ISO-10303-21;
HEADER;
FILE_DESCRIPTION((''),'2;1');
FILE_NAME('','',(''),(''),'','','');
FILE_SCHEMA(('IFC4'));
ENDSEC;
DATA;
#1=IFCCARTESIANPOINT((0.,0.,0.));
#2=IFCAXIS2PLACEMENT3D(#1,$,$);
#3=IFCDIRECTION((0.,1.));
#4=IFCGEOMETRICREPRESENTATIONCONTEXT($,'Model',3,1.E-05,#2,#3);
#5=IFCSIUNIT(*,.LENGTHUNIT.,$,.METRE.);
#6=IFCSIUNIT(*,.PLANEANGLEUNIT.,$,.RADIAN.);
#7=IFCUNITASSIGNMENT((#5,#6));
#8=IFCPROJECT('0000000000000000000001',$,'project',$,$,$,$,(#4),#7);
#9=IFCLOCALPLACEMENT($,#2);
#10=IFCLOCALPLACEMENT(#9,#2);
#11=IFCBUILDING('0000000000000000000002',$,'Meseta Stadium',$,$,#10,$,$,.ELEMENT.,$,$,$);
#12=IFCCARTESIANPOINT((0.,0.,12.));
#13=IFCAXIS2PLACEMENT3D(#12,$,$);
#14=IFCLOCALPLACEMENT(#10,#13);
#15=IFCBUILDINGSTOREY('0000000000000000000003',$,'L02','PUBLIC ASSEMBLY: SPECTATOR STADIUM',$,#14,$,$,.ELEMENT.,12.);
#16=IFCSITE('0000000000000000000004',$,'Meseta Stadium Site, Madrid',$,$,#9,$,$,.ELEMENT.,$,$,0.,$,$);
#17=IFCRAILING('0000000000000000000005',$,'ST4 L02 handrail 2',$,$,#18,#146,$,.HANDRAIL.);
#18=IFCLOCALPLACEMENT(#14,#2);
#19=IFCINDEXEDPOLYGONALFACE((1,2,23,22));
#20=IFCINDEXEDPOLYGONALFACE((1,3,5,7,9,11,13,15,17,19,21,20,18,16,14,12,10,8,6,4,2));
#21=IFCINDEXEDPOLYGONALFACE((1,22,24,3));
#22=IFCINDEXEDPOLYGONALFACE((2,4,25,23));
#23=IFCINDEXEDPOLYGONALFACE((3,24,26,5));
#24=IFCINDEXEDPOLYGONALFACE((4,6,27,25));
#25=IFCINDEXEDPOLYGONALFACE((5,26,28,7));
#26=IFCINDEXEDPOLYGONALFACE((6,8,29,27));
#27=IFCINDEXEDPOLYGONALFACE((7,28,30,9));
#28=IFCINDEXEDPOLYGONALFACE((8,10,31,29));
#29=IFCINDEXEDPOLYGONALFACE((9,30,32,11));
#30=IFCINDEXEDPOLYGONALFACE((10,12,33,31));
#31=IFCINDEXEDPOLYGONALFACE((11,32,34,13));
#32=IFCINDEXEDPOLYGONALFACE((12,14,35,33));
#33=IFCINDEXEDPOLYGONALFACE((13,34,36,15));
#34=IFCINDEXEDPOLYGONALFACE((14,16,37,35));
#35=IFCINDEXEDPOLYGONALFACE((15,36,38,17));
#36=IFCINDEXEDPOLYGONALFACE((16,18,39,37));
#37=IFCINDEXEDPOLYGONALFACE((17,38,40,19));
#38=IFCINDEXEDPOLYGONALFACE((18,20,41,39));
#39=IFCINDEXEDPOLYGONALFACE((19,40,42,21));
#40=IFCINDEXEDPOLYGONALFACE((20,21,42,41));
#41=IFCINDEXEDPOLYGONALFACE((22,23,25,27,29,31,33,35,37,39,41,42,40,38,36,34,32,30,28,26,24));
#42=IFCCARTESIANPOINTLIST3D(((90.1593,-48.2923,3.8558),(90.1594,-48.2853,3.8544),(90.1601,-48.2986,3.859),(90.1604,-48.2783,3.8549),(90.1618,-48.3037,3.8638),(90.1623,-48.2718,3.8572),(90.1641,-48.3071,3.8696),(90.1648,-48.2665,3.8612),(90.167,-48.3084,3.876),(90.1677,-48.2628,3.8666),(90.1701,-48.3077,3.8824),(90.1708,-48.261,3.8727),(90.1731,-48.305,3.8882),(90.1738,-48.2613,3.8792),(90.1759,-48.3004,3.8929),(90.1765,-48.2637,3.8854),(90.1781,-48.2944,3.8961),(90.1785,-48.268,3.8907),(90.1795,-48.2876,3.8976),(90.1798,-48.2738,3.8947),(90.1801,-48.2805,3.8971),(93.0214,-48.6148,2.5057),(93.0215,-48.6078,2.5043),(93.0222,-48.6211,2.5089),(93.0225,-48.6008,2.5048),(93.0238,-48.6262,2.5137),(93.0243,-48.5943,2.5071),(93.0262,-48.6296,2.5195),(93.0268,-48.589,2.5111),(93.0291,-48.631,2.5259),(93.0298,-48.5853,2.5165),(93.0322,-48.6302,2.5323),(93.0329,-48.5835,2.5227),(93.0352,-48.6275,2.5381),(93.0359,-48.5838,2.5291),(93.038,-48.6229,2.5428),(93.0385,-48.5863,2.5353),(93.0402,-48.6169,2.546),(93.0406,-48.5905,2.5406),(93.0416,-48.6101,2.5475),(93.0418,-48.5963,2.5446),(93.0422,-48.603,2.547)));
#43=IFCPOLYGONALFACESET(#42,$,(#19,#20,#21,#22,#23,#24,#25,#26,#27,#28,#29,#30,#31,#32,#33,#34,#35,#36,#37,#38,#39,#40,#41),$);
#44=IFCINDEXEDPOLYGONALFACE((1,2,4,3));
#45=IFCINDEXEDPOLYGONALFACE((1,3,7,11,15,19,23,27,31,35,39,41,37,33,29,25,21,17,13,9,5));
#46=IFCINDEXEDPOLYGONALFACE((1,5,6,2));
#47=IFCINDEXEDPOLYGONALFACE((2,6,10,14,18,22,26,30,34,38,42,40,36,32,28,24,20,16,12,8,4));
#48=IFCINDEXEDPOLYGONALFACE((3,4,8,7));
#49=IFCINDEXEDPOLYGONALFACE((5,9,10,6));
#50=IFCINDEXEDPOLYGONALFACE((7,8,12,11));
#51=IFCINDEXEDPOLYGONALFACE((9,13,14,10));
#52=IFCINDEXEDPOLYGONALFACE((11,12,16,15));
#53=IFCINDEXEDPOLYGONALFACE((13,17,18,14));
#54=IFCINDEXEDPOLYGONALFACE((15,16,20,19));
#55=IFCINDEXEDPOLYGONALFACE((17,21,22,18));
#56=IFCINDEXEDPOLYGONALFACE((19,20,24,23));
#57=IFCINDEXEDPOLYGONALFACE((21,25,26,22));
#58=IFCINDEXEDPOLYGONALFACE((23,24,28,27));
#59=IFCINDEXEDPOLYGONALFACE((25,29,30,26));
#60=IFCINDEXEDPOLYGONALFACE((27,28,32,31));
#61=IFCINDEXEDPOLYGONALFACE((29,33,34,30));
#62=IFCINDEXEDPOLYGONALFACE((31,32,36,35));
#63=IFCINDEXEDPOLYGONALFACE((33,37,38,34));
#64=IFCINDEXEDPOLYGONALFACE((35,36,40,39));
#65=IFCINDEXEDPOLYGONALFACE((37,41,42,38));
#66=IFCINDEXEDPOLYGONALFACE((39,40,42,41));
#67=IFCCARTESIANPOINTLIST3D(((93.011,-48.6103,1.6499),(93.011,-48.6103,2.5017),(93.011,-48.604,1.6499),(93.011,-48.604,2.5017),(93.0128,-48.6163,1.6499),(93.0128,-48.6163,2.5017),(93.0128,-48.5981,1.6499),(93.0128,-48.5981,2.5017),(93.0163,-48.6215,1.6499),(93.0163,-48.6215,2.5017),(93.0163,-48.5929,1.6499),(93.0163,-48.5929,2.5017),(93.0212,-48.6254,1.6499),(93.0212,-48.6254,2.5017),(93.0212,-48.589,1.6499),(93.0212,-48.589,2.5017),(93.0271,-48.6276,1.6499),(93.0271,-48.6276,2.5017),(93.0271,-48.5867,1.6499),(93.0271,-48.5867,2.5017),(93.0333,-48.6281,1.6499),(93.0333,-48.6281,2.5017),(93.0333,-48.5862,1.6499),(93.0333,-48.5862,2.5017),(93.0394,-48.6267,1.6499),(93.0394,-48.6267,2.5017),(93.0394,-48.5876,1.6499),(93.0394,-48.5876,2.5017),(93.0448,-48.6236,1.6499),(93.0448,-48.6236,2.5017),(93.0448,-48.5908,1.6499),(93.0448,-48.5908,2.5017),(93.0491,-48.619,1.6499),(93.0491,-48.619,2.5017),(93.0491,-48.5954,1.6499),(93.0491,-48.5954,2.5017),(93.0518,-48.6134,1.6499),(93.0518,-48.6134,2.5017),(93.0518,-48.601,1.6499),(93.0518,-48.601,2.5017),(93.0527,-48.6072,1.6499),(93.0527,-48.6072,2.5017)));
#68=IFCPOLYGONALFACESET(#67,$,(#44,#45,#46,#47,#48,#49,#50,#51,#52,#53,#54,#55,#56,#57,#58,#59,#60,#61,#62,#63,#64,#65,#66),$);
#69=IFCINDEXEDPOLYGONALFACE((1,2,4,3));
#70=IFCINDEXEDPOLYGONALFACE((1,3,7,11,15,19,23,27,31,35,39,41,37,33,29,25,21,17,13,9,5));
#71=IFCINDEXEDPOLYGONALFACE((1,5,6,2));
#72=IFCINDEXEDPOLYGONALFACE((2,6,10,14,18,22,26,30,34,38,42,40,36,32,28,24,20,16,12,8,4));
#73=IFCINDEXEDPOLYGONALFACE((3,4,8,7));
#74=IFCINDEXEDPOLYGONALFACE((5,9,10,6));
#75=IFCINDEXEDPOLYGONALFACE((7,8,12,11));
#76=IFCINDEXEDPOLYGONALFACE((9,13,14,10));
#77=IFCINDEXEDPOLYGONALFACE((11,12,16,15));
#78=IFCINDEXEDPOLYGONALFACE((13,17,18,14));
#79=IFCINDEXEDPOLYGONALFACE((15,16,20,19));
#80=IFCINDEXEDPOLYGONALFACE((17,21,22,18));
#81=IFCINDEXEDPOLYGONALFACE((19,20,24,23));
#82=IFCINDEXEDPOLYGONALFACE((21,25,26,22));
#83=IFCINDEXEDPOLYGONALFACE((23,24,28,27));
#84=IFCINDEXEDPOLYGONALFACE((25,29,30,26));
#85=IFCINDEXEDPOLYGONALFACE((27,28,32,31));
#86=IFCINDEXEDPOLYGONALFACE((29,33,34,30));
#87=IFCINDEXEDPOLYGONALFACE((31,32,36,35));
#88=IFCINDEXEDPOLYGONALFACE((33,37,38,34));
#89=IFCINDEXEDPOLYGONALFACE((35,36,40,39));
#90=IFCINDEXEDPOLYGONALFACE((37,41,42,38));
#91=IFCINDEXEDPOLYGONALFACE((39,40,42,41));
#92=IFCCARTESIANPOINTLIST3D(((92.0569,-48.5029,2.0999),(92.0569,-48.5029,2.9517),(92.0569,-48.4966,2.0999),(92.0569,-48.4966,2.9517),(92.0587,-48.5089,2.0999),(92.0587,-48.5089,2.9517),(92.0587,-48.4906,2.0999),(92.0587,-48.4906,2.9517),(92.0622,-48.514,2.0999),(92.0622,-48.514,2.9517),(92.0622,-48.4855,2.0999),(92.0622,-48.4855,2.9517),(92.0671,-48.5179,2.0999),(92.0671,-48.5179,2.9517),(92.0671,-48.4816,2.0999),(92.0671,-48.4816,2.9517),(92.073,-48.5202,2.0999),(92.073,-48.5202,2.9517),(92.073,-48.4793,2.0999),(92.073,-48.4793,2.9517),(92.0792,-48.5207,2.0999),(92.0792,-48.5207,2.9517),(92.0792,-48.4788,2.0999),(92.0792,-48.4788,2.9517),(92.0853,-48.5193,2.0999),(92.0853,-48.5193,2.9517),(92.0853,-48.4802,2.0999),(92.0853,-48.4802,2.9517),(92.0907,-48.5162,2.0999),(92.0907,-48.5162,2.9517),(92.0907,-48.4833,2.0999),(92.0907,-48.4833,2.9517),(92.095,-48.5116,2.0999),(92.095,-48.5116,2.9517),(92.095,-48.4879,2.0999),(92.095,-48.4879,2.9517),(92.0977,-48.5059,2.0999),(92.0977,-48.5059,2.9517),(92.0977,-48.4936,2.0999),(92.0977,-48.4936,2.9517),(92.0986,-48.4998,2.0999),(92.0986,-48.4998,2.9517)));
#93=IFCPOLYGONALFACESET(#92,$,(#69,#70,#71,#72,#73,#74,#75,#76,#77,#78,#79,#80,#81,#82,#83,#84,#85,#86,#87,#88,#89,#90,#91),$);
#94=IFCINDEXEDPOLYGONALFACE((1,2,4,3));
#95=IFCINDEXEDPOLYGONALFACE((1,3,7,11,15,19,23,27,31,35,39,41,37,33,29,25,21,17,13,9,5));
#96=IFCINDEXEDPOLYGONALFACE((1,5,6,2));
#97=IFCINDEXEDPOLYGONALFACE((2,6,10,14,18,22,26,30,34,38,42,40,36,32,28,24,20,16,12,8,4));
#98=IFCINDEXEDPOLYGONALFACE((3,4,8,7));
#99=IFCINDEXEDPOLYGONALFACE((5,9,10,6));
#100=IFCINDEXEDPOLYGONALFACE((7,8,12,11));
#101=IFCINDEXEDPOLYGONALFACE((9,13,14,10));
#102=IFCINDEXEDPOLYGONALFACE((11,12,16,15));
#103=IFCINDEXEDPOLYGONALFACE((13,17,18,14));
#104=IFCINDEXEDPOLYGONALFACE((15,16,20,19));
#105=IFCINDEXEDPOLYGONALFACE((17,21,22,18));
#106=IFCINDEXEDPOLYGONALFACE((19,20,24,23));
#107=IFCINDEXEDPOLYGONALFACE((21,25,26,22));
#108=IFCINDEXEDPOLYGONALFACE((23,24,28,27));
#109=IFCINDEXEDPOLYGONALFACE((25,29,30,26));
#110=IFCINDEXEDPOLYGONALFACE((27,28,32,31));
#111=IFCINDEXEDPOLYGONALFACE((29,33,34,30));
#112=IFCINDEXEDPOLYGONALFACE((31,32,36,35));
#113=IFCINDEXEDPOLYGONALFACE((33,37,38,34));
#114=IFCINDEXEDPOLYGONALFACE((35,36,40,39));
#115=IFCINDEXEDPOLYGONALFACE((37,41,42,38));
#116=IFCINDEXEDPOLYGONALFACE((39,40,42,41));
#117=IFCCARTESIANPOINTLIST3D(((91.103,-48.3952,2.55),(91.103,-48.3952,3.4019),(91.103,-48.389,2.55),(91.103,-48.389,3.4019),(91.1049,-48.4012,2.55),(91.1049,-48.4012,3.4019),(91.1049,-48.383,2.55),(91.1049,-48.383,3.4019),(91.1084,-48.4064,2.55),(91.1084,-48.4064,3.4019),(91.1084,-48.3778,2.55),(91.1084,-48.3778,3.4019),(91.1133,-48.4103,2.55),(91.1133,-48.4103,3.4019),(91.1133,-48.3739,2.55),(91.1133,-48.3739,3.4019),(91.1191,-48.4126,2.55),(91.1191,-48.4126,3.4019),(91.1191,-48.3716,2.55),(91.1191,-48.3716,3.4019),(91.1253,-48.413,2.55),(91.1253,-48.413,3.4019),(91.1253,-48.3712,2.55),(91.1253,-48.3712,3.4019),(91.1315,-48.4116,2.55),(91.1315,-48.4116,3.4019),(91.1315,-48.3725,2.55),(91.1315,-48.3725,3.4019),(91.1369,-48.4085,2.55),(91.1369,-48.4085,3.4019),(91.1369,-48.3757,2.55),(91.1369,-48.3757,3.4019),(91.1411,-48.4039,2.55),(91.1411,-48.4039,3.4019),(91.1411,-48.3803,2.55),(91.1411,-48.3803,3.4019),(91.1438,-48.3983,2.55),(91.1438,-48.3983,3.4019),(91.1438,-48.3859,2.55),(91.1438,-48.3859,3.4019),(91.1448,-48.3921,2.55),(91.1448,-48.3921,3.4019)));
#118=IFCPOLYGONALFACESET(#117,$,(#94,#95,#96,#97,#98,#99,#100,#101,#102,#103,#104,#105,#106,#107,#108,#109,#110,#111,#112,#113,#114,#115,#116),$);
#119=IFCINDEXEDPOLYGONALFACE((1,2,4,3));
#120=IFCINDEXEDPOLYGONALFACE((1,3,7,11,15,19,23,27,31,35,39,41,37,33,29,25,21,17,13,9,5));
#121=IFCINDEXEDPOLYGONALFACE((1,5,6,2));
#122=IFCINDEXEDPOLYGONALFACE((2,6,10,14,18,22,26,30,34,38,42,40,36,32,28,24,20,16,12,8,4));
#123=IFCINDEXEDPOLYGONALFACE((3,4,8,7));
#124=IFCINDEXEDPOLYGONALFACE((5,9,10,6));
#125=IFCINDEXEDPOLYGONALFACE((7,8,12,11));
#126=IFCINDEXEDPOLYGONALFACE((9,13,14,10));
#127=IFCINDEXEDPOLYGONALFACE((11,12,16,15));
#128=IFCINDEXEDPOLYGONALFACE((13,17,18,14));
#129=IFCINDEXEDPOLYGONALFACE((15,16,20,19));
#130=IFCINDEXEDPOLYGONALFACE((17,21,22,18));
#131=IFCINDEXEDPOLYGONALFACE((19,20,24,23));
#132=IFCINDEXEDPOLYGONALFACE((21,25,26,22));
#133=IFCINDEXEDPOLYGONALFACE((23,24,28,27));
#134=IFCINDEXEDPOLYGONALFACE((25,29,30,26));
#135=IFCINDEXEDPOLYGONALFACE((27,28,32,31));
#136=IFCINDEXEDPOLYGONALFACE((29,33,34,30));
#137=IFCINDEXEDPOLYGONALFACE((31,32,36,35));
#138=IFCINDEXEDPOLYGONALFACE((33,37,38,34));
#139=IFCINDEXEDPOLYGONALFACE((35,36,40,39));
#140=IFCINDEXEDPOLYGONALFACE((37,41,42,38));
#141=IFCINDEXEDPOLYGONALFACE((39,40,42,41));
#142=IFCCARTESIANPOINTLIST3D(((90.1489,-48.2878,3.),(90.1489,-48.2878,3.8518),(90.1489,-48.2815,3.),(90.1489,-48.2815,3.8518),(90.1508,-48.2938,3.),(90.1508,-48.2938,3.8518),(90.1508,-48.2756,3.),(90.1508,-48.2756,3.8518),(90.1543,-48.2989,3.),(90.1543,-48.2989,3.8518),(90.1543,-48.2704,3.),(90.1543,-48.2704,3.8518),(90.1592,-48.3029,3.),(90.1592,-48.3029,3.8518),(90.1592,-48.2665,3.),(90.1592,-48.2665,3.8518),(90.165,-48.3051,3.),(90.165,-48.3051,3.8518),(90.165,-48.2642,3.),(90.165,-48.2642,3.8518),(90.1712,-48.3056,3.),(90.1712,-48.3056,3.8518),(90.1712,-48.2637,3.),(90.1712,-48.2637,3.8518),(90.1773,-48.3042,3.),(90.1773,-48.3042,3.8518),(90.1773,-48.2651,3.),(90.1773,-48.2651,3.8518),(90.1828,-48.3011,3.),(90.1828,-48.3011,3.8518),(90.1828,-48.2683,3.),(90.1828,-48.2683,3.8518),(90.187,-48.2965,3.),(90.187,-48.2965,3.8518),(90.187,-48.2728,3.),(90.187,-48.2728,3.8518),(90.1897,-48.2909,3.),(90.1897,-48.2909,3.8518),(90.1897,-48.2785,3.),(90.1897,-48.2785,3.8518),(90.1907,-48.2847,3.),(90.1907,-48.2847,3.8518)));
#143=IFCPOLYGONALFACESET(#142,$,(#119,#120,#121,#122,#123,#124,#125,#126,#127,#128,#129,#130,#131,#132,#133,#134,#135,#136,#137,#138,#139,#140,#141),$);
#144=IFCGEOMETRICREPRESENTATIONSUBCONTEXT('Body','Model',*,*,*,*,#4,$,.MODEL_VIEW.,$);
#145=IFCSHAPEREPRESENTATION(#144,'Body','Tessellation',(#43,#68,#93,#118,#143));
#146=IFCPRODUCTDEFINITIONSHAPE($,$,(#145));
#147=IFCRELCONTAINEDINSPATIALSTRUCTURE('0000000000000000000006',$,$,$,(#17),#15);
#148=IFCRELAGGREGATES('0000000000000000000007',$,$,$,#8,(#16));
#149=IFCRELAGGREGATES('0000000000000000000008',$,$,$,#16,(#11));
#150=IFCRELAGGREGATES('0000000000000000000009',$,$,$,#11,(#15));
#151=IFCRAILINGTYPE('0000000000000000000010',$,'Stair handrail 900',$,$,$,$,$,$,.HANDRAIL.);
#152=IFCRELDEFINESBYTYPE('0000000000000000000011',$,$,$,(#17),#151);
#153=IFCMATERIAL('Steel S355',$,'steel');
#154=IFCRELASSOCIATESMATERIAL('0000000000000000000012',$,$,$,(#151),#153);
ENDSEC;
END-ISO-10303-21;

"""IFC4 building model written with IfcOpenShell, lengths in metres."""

from ifc_helpers import new_model, si_unit, direction, frame, origin, origin_2d, place, context, subcontext, project, spatial, circle, extrude, material, type_object, element, save


model = new_model("IFC4")

# Units and contexts
model_context = context("Model", 3, precision=1e-05, world=origin(), true_north=direction((0.0, 1.0)))
body_context = subcontext(model_context, "Body", "Model", "MODEL_VIEW")
ifc_project = project(units=[si_unit("LENGTHUNIT", "METRE"), si_unit("PLANEANGLEUNIT", "RADIAN")], contexts=[model_context])

# Site, building, storey
site_placement = place(None, origin())
site = spatial("IfcSite", under=ifc_project, at=site_placement, Name="Meseta Stadium Site, Madrid", CompositionType="ELEMENT", RefElevation=0.0)
building_placement = place(site_placement, origin())
building = spatial("IfcBuilding", under=site, at=building_placement, Name="Meseta Stadium", CompositionType="ELEMENT")
storey_placement = place(building_placement, frame((0.0, 0.0, 12.0)))
storey = spatial("IfcBuildingStorey", under=building, at=storey_placement, Name="L02", Description="PUBLIC ASSEMBLY: SPECTATOR STADIUM", CompositionType="ELEMENT", Elevation=12.0)

# Railing
ifc_material_1 = material(Name="Steel S355", Category="steel")
railing_type_1 = type_object("IfcRailingType", Name="Stair handrail 900", PredefinedType="HANDRAIL", material=ifc_material_1)
railing_1_placement = place(storey_placement, frame((93.0317, -48.6072, 1.6499)))
element("IfcRailing", 1, at=railing_1_placement, inside=storey, type_object=railing_type_1, Name="ST4 L02 handrail 2", PredefinedType="HANDRAIL", context=body_context, shape_type="SweptSolid", body=[
    extrude(circle(Radius=0.0239, at=origin_2d()), frame((0.0, 0.0, 0.876), z_axis=(-0.899763, 0.101389, 0.424438), x_axis=(-0.111976, -0.993711, 0.0)), (0.0, 0.0, 1.0), 3.1809),
    extrude(circle(Radius=0.021, at=origin_2d()), origin(), (0.0, 0.0, 1.0), 0.8518),
    extrude(circle(Radius=0.021, at=origin_2d()), frame((-0.9541, 0.1074, 0.45)), (0.0, 0.0, 1.0), 0.8518),
    extrude(circle(Radius=0.021, at=origin_2d()), frame((-1.908, 0.2151, 0.9001)), (0.0, 0.0, 1.0), 0.8518),
    extrude(circle(Radius=0.021, at=origin_2d()), frame((-2.8621, 0.3225, 1.3501)), (0.0, 0.0, 1.0), 0.8518),
])

save(model, "model.ifc")
